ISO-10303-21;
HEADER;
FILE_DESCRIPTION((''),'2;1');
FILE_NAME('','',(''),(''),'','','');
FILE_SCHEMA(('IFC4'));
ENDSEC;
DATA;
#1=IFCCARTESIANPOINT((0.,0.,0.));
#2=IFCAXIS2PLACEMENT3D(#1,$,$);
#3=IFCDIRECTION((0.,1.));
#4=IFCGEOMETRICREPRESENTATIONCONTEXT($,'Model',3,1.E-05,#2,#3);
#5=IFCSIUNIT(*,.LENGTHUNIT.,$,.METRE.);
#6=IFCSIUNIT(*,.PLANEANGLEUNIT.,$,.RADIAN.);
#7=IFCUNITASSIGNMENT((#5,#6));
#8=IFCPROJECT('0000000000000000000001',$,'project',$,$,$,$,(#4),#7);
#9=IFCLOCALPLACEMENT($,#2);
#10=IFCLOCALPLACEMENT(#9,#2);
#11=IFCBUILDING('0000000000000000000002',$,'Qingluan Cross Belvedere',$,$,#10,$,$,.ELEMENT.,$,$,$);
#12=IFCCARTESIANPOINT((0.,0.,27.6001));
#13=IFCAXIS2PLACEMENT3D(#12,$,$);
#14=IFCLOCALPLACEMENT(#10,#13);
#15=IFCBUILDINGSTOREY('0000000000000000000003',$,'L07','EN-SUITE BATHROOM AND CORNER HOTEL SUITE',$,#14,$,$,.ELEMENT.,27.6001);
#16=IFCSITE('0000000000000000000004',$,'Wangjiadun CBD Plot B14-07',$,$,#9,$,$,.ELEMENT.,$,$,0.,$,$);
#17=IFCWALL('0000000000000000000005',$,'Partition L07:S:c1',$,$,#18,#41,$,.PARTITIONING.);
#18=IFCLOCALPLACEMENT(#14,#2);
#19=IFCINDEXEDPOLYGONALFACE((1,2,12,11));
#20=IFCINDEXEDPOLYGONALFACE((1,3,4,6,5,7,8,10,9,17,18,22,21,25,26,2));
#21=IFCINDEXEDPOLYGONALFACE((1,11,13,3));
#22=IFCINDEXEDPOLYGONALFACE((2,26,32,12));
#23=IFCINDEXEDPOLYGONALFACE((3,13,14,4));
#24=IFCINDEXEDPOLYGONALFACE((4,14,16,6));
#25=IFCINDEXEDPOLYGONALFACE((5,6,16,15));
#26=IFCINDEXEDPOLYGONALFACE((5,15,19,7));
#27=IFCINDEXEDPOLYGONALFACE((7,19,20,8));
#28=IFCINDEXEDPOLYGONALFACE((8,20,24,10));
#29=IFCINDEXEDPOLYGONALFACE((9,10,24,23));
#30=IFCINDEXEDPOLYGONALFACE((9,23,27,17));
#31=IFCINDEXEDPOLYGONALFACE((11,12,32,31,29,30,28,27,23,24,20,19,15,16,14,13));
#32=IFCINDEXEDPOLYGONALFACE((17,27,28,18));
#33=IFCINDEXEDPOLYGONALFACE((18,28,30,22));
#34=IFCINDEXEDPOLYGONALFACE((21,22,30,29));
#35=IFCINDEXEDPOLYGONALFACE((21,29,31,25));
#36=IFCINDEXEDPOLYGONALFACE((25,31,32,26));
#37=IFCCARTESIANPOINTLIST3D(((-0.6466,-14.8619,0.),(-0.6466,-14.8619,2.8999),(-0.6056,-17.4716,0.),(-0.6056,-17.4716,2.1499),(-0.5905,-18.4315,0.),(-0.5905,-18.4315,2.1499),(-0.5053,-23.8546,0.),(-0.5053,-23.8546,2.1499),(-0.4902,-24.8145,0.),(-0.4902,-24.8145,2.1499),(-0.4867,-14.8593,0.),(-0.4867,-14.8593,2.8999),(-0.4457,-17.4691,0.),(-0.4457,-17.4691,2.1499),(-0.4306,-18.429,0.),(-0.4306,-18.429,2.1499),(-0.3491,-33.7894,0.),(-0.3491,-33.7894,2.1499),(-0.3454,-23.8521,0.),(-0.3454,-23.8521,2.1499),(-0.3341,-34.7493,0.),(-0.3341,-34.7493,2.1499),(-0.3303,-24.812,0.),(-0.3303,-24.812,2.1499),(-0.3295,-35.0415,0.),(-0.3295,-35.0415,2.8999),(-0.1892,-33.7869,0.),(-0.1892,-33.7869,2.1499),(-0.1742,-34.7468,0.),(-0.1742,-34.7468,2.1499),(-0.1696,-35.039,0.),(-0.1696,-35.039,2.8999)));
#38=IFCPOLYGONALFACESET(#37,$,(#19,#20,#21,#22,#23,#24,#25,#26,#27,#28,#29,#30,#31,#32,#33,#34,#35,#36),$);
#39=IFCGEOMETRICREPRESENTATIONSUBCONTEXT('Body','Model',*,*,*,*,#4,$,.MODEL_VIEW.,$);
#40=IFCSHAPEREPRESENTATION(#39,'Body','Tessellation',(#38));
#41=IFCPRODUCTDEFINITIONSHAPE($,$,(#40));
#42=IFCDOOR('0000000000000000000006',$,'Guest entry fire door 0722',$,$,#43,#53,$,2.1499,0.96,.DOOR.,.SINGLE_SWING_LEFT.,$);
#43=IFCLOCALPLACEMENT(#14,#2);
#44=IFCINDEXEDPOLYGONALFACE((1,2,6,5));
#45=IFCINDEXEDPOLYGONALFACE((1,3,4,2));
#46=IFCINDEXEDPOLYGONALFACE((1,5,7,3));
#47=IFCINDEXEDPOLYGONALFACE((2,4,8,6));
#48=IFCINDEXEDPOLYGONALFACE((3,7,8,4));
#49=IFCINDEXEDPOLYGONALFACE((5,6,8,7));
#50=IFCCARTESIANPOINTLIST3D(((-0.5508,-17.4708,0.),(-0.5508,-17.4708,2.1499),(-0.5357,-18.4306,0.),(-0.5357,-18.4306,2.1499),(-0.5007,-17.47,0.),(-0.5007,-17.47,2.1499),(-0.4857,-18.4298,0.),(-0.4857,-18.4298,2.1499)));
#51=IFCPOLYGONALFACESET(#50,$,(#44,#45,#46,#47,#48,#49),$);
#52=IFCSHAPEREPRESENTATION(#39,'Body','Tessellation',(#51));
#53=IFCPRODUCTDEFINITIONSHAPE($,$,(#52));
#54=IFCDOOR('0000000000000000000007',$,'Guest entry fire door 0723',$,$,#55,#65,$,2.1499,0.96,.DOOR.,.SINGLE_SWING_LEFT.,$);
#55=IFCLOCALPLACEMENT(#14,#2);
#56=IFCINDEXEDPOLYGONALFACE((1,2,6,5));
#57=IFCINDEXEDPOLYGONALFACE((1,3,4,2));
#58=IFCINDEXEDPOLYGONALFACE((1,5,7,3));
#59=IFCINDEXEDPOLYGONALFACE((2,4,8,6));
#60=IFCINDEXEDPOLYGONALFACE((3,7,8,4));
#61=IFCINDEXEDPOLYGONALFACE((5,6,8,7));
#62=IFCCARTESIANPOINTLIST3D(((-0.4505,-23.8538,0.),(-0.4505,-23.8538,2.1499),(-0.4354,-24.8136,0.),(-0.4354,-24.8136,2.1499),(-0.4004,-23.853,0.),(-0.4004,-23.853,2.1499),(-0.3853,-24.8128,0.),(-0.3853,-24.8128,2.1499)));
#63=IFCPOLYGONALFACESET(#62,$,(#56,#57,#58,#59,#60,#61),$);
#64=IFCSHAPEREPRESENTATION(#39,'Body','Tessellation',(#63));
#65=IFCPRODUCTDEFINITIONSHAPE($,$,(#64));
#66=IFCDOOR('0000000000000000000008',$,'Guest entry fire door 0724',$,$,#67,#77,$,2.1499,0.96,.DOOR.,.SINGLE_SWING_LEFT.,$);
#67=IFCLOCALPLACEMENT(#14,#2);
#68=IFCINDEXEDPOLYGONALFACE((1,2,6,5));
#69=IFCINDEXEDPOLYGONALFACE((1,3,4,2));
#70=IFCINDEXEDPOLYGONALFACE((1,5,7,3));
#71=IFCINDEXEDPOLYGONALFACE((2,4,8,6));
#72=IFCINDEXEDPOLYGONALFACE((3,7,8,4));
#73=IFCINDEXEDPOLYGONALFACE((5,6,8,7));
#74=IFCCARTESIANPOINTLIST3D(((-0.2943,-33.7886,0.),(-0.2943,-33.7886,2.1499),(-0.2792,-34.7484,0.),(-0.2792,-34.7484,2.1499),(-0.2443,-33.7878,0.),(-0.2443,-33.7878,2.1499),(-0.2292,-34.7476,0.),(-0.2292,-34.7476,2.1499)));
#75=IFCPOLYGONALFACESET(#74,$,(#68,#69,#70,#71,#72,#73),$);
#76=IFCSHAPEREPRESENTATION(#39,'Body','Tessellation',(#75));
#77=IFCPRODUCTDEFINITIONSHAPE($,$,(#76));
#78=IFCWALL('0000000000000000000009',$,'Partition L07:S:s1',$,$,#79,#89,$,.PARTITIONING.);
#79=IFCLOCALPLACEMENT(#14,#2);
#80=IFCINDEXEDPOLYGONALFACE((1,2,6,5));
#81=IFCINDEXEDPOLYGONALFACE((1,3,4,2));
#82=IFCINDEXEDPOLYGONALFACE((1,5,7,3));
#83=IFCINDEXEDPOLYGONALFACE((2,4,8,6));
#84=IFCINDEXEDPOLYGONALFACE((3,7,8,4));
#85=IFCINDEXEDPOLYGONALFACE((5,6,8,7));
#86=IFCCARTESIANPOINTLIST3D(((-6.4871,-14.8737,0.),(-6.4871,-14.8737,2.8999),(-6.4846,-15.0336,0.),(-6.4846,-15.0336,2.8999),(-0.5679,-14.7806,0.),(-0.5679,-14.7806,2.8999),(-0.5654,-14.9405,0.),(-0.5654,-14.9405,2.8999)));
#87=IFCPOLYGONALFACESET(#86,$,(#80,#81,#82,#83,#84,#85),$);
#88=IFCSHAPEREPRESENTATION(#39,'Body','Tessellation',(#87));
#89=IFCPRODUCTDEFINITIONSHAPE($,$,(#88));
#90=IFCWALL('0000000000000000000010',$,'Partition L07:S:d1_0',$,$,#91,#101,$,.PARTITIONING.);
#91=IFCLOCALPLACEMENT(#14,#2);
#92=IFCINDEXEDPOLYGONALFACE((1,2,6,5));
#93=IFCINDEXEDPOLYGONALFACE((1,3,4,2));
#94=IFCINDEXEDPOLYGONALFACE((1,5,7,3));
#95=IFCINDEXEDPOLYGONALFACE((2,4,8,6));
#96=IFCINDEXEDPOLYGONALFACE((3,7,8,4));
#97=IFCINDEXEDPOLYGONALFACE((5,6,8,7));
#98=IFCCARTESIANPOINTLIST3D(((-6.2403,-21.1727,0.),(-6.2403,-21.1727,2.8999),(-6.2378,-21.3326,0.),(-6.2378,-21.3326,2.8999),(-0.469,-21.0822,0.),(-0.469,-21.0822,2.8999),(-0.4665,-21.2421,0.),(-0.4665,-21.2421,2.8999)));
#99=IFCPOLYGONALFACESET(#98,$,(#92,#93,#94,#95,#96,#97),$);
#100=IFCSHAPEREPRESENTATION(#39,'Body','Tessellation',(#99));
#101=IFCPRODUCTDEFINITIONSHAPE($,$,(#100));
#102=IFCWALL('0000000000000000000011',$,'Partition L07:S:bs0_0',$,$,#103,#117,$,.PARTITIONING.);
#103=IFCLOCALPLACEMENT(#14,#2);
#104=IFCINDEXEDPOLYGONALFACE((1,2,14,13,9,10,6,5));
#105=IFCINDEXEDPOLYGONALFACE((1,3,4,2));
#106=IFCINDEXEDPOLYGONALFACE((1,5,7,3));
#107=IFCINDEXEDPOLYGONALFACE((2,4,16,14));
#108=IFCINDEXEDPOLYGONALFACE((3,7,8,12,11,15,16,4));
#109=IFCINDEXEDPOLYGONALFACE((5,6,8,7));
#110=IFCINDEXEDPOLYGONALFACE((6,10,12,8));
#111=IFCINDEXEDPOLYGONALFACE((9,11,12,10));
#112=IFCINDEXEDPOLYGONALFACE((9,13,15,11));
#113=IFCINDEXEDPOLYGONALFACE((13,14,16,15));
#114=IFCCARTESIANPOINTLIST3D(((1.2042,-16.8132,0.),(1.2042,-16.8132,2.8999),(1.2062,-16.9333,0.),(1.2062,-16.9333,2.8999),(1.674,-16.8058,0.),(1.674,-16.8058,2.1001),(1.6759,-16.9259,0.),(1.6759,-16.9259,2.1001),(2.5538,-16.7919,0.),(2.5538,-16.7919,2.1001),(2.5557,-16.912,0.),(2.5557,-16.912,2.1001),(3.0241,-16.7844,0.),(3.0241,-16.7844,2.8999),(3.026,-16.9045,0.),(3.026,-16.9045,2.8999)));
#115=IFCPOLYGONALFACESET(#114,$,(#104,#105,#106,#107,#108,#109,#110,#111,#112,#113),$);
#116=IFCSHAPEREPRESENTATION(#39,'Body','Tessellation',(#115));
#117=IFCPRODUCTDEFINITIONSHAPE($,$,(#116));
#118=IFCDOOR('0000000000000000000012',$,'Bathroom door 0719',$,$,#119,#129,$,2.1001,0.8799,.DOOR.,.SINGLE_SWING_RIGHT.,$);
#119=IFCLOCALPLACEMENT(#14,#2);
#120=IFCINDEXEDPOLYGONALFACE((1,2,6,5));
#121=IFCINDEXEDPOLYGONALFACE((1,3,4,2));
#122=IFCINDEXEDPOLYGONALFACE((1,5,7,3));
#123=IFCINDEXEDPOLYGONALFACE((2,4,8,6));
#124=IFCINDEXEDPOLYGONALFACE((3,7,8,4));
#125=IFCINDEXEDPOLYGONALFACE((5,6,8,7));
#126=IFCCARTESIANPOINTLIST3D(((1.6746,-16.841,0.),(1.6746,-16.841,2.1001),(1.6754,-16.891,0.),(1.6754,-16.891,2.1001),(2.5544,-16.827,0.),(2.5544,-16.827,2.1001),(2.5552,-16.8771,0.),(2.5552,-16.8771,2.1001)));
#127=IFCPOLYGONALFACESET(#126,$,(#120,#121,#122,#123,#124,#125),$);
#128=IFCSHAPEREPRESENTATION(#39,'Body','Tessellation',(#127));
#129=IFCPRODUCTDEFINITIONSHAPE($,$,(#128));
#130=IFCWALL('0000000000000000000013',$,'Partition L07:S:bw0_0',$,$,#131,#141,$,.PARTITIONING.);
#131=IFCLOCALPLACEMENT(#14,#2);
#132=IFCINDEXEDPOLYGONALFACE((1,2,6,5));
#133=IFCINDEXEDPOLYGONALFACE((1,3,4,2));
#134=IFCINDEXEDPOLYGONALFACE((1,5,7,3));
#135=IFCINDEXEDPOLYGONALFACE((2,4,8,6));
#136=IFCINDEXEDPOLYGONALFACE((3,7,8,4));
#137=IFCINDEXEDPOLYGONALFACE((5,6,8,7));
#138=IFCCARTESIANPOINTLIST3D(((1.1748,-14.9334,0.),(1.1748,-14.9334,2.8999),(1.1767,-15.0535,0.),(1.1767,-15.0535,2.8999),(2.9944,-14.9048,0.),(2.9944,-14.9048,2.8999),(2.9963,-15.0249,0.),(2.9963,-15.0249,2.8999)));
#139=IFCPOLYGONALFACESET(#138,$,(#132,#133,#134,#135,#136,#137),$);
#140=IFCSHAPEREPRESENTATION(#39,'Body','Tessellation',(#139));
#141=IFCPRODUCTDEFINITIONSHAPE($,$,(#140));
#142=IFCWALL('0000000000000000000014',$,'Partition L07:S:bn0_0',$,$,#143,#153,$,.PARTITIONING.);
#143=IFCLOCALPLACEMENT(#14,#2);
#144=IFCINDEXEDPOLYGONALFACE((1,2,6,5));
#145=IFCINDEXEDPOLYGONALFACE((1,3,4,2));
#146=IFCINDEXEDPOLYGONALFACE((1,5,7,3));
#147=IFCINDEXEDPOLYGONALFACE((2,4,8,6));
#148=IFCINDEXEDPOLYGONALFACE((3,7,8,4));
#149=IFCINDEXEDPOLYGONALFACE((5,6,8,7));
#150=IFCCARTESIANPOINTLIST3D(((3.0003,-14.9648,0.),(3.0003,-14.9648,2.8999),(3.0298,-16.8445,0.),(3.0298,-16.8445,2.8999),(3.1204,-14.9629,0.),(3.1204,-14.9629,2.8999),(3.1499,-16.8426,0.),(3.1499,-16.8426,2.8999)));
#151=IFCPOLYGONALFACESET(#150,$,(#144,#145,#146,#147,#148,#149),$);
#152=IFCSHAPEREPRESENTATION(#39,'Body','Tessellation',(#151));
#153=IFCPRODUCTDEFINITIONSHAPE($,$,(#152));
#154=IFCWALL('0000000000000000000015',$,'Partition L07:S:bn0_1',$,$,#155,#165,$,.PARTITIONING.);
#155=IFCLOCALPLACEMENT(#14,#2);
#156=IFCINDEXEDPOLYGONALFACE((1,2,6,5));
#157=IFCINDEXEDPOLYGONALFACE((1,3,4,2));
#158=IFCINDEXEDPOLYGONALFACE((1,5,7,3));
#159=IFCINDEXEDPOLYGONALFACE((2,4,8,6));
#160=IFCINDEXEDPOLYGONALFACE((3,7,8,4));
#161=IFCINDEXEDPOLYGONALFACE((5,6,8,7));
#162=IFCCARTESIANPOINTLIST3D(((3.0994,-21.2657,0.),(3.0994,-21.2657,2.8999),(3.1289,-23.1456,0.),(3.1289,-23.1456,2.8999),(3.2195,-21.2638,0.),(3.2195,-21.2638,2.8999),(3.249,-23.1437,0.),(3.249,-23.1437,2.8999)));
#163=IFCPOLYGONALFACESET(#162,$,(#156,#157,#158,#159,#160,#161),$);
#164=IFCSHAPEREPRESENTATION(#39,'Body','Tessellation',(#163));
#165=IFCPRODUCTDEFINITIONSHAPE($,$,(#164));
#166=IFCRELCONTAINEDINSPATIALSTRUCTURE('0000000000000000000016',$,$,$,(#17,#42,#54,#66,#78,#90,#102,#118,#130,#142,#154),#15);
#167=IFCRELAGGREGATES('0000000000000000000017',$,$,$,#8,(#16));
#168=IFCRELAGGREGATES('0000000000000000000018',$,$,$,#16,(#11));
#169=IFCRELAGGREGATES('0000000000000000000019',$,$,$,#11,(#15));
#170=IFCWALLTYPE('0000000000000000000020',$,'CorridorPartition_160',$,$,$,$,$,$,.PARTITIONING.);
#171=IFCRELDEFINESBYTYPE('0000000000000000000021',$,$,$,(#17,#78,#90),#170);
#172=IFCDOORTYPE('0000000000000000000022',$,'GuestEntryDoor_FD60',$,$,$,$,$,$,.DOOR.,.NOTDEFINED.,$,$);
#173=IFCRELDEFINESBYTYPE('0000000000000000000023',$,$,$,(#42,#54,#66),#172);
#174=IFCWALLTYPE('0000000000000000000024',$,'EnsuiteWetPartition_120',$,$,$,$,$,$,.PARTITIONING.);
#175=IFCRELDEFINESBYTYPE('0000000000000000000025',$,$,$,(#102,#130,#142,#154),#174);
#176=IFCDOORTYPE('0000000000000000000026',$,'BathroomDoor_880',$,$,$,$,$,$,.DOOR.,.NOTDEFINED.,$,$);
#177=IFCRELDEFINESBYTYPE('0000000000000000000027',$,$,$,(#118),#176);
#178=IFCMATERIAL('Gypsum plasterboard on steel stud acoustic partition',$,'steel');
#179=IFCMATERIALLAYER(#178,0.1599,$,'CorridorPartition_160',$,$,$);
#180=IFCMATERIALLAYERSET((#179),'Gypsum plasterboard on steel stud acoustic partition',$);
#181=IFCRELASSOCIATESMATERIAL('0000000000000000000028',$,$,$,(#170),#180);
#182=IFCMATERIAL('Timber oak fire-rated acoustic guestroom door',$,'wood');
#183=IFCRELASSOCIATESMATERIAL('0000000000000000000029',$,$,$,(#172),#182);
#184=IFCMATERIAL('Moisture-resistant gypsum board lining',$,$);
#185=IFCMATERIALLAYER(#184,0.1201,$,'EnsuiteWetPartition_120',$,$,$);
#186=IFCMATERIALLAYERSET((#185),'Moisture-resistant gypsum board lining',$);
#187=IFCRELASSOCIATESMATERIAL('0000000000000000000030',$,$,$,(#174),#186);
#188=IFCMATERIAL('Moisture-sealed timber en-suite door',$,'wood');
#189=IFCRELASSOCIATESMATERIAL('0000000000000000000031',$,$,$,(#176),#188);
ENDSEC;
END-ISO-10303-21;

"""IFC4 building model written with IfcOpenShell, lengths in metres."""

from ifc_helpers import new_model, si_unit, direction, frame, frame_2d, origin, place, context, subcontext, project, spatial, rectangle, extrude, material, layer, layer_set, type_object, element, fill, save


model = new_model("IFC4")

# Units and contexts
model_context = context("Model", 3, precision=1e-05, world=origin(), true_north=direction((0.0, 1.0)))
body_context = subcontext(model_context, "Body", "Model", "MODEL_VIEW")
ifc_project = project(units=[si_unit("LENGTHUNIT", "METRE"), si_unit("PLANEANGLEUNIT", "RADIAN")], contexts=[model_context])

# Site, building, storey
site_placement = place(None, origin())
site = spatial("IfcSite", under=ifc_project, at=site_placement, Name="Wangjiadun CBD Plot B14-07", CompositionType="ELEMENT", RefElevation=0.0)
building_placement = place(site_placement, origin())
building = spatial("IfcBuilding", under=site, at=building_placement, Name="Qingluan Cross Belvedere", CompositionType="ELEMENT")
storey_placement = place(building_placement, frame((0.0, 0.0, 27.6001)))
storey = spatial("IfcBuildingStorey", under=building, at=storey_placement, Name="L07", Description="EN-SUITE BATHROOM AND CORNER HOTEL SUITE", CompositionType="ELEMENT", Elevation=27.6001)

# Shared definitions
ifc_material_1 = material(Name="Gypsum plasterboard on steel stud acoustic partition", Category="steel")
ifc_layer_1 = layer(ifc_material_1, 0.1599, Name="CorridorPartition_160")
ifc_layer_set_1 = layer_set([ifc_layer_1], Name="Gypsum plasterboard on steel stud acoustic partition")
wall_type_1 = type_object("IfcWallType", Name="CorridorPartition_160", PredefinedType="PARTITIONING", material=ifc_layer_set_1)
ifc_material_2 = material(Name="Timber oak fire-rated acoustic guestroom door", Category="wood")
door_type_1 = type_object("IfcDoorType", Name="GuestEntryDoor_FD60", OperationType="NOTDEFINED", PredefinedType="DOOR", material=ifc_material_2)

# Wall, openings, doors
wall_1_placement = place(storey_placement, frame((-0.5667, -14.8606, 0.0), z_axis=(0.0, 0.0, 1.0), x_axis=(0.015714, -0.999877, 0.0)))
wall_1 = element("IfcWall", 1, at=wall_1_placement, inside=storey, type_object=wall_type_1, Name="Partition L07:S:c1", PredefinedType="PARTITIONING", context=body_context, shape_type="SweptSolid", body=[
    extrude(rectangle(XDim=20.1821, YDim=0.1599, at=frame_2d((10.0911, 0.0))), origin(), (0.0, 0.0, 1.0), 2.8999),
])
opening_1_placement = place(wall_1_placement, frame((2.6101, 0.0, 0.0)))
opening_1 = element("IfcOpeningElement", 2, at=opening_1_placement, cuts=wall_1, PredefinedType="OPENING", context=body_context, shape_type="SweptSolid", body=[
    extrude(rectangle(XDim=0.96, YDim=2.1499, at=frame_2d((0.48, 1.075))), frame((0.0, 0.0898, 0.0), z_axis=(0.0, -1.0, 0.0), x_axis=(1.0, 0.0, 0.0)), (0.0, 0.0, 1.0), 0.1799),
])
opening_2_placement = place(wall_1_placement, frame((8.9939, 0.0, 0.0)))
opening_2 = element("IfcOpeningElement", 3, at=opening_2_placement, cuts=wall_1, PredefinedType="OPENING", context=body_context, shape_type="SweptSolid", body=[
    extrude(rectangle(XDim=0.96, YDim=2.1499, at=frame_2d((0.48, 1.075))), frame((0.0, 0.0898, 0.0), z_axis=(0.0, -1.0, 0.0), x_axis=(1.0, 0.0, 0.0)), (0.0, 0.0, 1.0), 0.1799),
])
opening_3_placement = place(wall_1_placement, frame((18.9299, 0.0, 0.0)))
opening_3 = element("IfcOpeningElement", 4, at=opening_3_placement, cuts=wall_1, PredefinedType="OPENING", context=body_context, shape_type="SweptSolid", body=[
    extrude(rectangle(XDim=0.96, YDim=2.1499, at=frame_2d((0.48, 1.075))), frame((0.0, 0.0898, 0.0), z_axis=(0.0, -1.0, 0.0), x_axis=(1.0, 0.0, 0.0)), (0.0, 0.0, 1.0), 0.1799),
])
door_1_placement = place(opening_1_placement, origin())
door_1 = element("IfcDoor", 5, at=door_1_placement, inside=storey, type_object=door_type_1, Name="Guest entry fire door 0722", OperationType="SINGLE_SWING_LEFT", OverallHeight=2.1499, OverallWidth=0.96, PredefinedType="DOOR", context=body_context, shape_type="SweptSolid", body=[
    extrude(rectangle(XDim=0.96, YDim=2.1499, at=frame_2d((0.48, 1.075))), frame((0.0, 0.0249, 0.0), z_axis=(0.0, -1.0, 0.0), x_axis=(1.0, 0.0, 0.0)), (0.0, 0.0, 1.0), 0.05),
])
fill(opening_1, door_1)
door_2_placement = place(opening_2_placement, origin())
door_2 = element("IfcDoor", 6, at=door_2_placement, inside=storey, type_object=door_type_1, Name="Guest entry fire door 0723", OperationType="SINGLE_SWING_LEFT", OverallHeight=2.1499, OverallWidth=0.96, PredefinedType="DOOR", context=body_context, shape_type="SweptSolid", body=[
    extrude(rectangle(XDim=0.96, YDim=2.1499, at=frame_2d((0.48, 1.075))), frame((0.0, 0.0249, 0.0), z_axis=(0.0, -1.0, 0.0), x_axis=(1.0, 0.0, 0.0)), (0.0, 0.0, 1.0), 0.05),
])
fill(opening_2, door_2)
door_3_placement = place(opening_3_placement, origin())
door_3 = element("IfcDoor", 7, at=door_3_placement, inside=storey, type_object=door_type_1, Name="Guest entry fire door 0724", OperationType="SINGLE_SWING_LEFT", OverallHeight=2.1499, OverallWidth=0.96, PredefinedType="DOOR", context=body_context, shape_type="SweptSolid", body=[
    extrude(rectangle(XDim=0.96, YDim=2.1499, at=frame_2d((0.48, 1.075))), frame((0.0, 0.0249, 0.0), z_axis=(0.0, -1.0, 0.0), x_axis=(1.0, 0.0, 0.0)), (0.0, 0.0, 1.0), 0.05),
])
fill(opening_3, door_3)

# Walls
wall_2_placement = place(storey_placement, frame((-0.5667, -14.8606, 0.0), z_axis=(0.0, 0.0, 1.0), x_axis=(-0.999877, -0.015713, 0.0)))
element("IfcWall", 8, at=wall_2_placement, inside=storey, type_object=wall_type_1, Name="Partition L07:S:s1", PredefinedType="PARTITIONING", context=body_context, shape_type="SweptSolid", body=[
    extrude(rectangle(XDim=5.9199, YDim=0.1599, at=frame_2d((2.96, 0.0))), origin(), (0.0, 0.0, 1.0), 2.8999),
])
wall_3_placement = place(storey_placement, frame((-0.4678, -21.1621, 0.0), z_axis=(0.0, 0.0, 1.0), x_axis=(-0.999877, -0.015692, 0.0)))
element("IfcWall", 9, at=wall_3_placement, inside=storey, type_object=wall_type_1, Name="Partition L07:S:d1_0", PredefinedType="PARTITIONING", context=body_context, shape_type="SweptSolid", body=[
    extrude(rectangle(XDim=5.772, YDim=0.1599, at=frame_2d((2.886, 0.0))), origin(), (0.0, 0.0, 1.0), 2.8999),
])

# Wall, opening, door
ifc_material_3 = material(Name="Moisture-resistant gypsum board lining")
ifc_layer_2 = layer(ifc_material_3, 0.1201, Name="EnsuiteWetPartition_120")
ifc_layer_set_2 = layer_set([ifc_layer_2], Name="Moisture-resistant gypsum board lining")
wall_type_2 = type_object("IfcWallType", Name="EnsuiteWetPartition_120", PredefinedType="PARTITIONING", material=ifc_layer_set_2)
wall_4_placement = place(storey_placement, frame((1.2051, -16.8733, 0.0), z_axis=(0.0, 0.0, 1.0), x_axis=(0.999875, 0.015828, 0.0)))
wall_4 = element("IfcWall", 10, at=wall_4_placement, inside=storey, type_object=wall_type_2, Name="Partition L07:S:bs0_0", PredefinedType="PARTITIONING", context=body_context, shape_type="SweptSolid", body=[
    extrude(rectangle(XDim=1.8201, YDim=0.1201, at=frame_2d((0.9102, 0.0))), origin(), (0.0, 0.0, 1.0), 2.8999),
])
opening_4_placement = place(wall_4_placement, frame((0.47, 0.0, 0.0)))
opening_4 = element("IfcOpeningElement", 11, at=opening_4_placement, cuts=wall_4, PredefinedType="OPENING", context=body_context, shape_type="SweptSolid", body=[
    extrude(rectangle(XDim=0.8799, YDim=2.1001, at=frame_2d((0.4399, 1.05))), frame((0.0, 0.0701, 0.0), z_axis=(0.0, -1.0, 0.0), x_axis=(1.0, 0.0, 0.0)), (0.0, 0.0, 1.0), 0.1401),
])
ifc_material_4 = material(Name="Moisture-sealed timber en-suite door", Category="wood")
door_type_2 = type_object("IfcDoorType", Name="BathroomDoor_880", OperationType="NOTDEFINED", PredefinedType="DOOR", material=ifc_material_4)
door_4_placement = place(opening_4_placement, origin())
door_4 = element("IfcDoor", 12, at=door_4_placement, inside=storey, type_object=door_type_2, Name="Bathroom door 0719", OperationType="SINGLE_SWING_RIGHT", OverallHeight=2.1001, OverallWidth=0.8799, PredefinedType="DOOR", context=body_context, shape_type="SweptSolid", body=[
    extrude(rectangle(XDim=0.8799, YDim=2.1001, at=frame_2d((0.4399, 1.05))), frame((0.0, 0.0249, 0.0), z_axis=(0.0, -1.0, 0.0), x_axis=(1.0, 0.0, 0.0)), (0.0, 0.0, 1.0), 0.05),
])
fill(opening_4, door_4)

# Walls
wall_5_placement = place(storey_placement, frame((1.1758, -14.9934, 0.0), z_axis=(0.0, 0.0, 1.0), x_axis=(0.999877, 0.015696, 0.0)))
element("IfcWall", 13, at=wall_5_placement, inside=storey, type_object=wall_type_2, Name="Partition L07:S:bw0_0", PredefinedType="PARTITIONING", context=body_context, shape_type="SweptSolid", body=[
    extrude(rectangle(XDim=1.8198, YDim=0.1201, at=frame_2d((0.9099, 0.0))), origin(), (0.0, 0.0, 1.0), 2.8999),
])
wall_6_placement = place(storey_placement, frame((3.0603, -14.9639, 0.0), z_axis=(0.0, 0.0, 1.0), x_axis=(0.015714, -0.999877, 0.0)))
element("IfcWall", 14, at=wall_6_placement, inside=storey, type_object=wall_type_2, Name="Partition L07:S:bn0_0", PredefinedType="PARTITIONING", context=body_context, shape_type="SweptSolid", body=[
    extrude(rectangle(XDim=1.8799, YDim=0.1201, at=frame_2d((0.9399, 0.0))), origin(), (0.0, 0.0, 1.0), 2.8999),
])
wall_7_placement = place(storey_placement, frame((3.1594, -21.2649, 0.0), z_axis=(0.0, 0.0, 1.0), x_axis=(0.015712, -0.999877, 0.0)))
element("IfcWall", 15, at=wall_7_placement, inside=storey, type_object=wall_type_2, Name="Partition L07:S:bn0_1", PredefinedType="PARTITIONING", context=body_context, shape_type="SweptSolid", body=[
    extrude(rectangle(XDim=1.8801, YDim=0.1201, at=frame_2d((0.9399, 0.0))), origin(), (0.0, 0.0, 1.0), 2.8999),
])

save(model, "model.ifc")
